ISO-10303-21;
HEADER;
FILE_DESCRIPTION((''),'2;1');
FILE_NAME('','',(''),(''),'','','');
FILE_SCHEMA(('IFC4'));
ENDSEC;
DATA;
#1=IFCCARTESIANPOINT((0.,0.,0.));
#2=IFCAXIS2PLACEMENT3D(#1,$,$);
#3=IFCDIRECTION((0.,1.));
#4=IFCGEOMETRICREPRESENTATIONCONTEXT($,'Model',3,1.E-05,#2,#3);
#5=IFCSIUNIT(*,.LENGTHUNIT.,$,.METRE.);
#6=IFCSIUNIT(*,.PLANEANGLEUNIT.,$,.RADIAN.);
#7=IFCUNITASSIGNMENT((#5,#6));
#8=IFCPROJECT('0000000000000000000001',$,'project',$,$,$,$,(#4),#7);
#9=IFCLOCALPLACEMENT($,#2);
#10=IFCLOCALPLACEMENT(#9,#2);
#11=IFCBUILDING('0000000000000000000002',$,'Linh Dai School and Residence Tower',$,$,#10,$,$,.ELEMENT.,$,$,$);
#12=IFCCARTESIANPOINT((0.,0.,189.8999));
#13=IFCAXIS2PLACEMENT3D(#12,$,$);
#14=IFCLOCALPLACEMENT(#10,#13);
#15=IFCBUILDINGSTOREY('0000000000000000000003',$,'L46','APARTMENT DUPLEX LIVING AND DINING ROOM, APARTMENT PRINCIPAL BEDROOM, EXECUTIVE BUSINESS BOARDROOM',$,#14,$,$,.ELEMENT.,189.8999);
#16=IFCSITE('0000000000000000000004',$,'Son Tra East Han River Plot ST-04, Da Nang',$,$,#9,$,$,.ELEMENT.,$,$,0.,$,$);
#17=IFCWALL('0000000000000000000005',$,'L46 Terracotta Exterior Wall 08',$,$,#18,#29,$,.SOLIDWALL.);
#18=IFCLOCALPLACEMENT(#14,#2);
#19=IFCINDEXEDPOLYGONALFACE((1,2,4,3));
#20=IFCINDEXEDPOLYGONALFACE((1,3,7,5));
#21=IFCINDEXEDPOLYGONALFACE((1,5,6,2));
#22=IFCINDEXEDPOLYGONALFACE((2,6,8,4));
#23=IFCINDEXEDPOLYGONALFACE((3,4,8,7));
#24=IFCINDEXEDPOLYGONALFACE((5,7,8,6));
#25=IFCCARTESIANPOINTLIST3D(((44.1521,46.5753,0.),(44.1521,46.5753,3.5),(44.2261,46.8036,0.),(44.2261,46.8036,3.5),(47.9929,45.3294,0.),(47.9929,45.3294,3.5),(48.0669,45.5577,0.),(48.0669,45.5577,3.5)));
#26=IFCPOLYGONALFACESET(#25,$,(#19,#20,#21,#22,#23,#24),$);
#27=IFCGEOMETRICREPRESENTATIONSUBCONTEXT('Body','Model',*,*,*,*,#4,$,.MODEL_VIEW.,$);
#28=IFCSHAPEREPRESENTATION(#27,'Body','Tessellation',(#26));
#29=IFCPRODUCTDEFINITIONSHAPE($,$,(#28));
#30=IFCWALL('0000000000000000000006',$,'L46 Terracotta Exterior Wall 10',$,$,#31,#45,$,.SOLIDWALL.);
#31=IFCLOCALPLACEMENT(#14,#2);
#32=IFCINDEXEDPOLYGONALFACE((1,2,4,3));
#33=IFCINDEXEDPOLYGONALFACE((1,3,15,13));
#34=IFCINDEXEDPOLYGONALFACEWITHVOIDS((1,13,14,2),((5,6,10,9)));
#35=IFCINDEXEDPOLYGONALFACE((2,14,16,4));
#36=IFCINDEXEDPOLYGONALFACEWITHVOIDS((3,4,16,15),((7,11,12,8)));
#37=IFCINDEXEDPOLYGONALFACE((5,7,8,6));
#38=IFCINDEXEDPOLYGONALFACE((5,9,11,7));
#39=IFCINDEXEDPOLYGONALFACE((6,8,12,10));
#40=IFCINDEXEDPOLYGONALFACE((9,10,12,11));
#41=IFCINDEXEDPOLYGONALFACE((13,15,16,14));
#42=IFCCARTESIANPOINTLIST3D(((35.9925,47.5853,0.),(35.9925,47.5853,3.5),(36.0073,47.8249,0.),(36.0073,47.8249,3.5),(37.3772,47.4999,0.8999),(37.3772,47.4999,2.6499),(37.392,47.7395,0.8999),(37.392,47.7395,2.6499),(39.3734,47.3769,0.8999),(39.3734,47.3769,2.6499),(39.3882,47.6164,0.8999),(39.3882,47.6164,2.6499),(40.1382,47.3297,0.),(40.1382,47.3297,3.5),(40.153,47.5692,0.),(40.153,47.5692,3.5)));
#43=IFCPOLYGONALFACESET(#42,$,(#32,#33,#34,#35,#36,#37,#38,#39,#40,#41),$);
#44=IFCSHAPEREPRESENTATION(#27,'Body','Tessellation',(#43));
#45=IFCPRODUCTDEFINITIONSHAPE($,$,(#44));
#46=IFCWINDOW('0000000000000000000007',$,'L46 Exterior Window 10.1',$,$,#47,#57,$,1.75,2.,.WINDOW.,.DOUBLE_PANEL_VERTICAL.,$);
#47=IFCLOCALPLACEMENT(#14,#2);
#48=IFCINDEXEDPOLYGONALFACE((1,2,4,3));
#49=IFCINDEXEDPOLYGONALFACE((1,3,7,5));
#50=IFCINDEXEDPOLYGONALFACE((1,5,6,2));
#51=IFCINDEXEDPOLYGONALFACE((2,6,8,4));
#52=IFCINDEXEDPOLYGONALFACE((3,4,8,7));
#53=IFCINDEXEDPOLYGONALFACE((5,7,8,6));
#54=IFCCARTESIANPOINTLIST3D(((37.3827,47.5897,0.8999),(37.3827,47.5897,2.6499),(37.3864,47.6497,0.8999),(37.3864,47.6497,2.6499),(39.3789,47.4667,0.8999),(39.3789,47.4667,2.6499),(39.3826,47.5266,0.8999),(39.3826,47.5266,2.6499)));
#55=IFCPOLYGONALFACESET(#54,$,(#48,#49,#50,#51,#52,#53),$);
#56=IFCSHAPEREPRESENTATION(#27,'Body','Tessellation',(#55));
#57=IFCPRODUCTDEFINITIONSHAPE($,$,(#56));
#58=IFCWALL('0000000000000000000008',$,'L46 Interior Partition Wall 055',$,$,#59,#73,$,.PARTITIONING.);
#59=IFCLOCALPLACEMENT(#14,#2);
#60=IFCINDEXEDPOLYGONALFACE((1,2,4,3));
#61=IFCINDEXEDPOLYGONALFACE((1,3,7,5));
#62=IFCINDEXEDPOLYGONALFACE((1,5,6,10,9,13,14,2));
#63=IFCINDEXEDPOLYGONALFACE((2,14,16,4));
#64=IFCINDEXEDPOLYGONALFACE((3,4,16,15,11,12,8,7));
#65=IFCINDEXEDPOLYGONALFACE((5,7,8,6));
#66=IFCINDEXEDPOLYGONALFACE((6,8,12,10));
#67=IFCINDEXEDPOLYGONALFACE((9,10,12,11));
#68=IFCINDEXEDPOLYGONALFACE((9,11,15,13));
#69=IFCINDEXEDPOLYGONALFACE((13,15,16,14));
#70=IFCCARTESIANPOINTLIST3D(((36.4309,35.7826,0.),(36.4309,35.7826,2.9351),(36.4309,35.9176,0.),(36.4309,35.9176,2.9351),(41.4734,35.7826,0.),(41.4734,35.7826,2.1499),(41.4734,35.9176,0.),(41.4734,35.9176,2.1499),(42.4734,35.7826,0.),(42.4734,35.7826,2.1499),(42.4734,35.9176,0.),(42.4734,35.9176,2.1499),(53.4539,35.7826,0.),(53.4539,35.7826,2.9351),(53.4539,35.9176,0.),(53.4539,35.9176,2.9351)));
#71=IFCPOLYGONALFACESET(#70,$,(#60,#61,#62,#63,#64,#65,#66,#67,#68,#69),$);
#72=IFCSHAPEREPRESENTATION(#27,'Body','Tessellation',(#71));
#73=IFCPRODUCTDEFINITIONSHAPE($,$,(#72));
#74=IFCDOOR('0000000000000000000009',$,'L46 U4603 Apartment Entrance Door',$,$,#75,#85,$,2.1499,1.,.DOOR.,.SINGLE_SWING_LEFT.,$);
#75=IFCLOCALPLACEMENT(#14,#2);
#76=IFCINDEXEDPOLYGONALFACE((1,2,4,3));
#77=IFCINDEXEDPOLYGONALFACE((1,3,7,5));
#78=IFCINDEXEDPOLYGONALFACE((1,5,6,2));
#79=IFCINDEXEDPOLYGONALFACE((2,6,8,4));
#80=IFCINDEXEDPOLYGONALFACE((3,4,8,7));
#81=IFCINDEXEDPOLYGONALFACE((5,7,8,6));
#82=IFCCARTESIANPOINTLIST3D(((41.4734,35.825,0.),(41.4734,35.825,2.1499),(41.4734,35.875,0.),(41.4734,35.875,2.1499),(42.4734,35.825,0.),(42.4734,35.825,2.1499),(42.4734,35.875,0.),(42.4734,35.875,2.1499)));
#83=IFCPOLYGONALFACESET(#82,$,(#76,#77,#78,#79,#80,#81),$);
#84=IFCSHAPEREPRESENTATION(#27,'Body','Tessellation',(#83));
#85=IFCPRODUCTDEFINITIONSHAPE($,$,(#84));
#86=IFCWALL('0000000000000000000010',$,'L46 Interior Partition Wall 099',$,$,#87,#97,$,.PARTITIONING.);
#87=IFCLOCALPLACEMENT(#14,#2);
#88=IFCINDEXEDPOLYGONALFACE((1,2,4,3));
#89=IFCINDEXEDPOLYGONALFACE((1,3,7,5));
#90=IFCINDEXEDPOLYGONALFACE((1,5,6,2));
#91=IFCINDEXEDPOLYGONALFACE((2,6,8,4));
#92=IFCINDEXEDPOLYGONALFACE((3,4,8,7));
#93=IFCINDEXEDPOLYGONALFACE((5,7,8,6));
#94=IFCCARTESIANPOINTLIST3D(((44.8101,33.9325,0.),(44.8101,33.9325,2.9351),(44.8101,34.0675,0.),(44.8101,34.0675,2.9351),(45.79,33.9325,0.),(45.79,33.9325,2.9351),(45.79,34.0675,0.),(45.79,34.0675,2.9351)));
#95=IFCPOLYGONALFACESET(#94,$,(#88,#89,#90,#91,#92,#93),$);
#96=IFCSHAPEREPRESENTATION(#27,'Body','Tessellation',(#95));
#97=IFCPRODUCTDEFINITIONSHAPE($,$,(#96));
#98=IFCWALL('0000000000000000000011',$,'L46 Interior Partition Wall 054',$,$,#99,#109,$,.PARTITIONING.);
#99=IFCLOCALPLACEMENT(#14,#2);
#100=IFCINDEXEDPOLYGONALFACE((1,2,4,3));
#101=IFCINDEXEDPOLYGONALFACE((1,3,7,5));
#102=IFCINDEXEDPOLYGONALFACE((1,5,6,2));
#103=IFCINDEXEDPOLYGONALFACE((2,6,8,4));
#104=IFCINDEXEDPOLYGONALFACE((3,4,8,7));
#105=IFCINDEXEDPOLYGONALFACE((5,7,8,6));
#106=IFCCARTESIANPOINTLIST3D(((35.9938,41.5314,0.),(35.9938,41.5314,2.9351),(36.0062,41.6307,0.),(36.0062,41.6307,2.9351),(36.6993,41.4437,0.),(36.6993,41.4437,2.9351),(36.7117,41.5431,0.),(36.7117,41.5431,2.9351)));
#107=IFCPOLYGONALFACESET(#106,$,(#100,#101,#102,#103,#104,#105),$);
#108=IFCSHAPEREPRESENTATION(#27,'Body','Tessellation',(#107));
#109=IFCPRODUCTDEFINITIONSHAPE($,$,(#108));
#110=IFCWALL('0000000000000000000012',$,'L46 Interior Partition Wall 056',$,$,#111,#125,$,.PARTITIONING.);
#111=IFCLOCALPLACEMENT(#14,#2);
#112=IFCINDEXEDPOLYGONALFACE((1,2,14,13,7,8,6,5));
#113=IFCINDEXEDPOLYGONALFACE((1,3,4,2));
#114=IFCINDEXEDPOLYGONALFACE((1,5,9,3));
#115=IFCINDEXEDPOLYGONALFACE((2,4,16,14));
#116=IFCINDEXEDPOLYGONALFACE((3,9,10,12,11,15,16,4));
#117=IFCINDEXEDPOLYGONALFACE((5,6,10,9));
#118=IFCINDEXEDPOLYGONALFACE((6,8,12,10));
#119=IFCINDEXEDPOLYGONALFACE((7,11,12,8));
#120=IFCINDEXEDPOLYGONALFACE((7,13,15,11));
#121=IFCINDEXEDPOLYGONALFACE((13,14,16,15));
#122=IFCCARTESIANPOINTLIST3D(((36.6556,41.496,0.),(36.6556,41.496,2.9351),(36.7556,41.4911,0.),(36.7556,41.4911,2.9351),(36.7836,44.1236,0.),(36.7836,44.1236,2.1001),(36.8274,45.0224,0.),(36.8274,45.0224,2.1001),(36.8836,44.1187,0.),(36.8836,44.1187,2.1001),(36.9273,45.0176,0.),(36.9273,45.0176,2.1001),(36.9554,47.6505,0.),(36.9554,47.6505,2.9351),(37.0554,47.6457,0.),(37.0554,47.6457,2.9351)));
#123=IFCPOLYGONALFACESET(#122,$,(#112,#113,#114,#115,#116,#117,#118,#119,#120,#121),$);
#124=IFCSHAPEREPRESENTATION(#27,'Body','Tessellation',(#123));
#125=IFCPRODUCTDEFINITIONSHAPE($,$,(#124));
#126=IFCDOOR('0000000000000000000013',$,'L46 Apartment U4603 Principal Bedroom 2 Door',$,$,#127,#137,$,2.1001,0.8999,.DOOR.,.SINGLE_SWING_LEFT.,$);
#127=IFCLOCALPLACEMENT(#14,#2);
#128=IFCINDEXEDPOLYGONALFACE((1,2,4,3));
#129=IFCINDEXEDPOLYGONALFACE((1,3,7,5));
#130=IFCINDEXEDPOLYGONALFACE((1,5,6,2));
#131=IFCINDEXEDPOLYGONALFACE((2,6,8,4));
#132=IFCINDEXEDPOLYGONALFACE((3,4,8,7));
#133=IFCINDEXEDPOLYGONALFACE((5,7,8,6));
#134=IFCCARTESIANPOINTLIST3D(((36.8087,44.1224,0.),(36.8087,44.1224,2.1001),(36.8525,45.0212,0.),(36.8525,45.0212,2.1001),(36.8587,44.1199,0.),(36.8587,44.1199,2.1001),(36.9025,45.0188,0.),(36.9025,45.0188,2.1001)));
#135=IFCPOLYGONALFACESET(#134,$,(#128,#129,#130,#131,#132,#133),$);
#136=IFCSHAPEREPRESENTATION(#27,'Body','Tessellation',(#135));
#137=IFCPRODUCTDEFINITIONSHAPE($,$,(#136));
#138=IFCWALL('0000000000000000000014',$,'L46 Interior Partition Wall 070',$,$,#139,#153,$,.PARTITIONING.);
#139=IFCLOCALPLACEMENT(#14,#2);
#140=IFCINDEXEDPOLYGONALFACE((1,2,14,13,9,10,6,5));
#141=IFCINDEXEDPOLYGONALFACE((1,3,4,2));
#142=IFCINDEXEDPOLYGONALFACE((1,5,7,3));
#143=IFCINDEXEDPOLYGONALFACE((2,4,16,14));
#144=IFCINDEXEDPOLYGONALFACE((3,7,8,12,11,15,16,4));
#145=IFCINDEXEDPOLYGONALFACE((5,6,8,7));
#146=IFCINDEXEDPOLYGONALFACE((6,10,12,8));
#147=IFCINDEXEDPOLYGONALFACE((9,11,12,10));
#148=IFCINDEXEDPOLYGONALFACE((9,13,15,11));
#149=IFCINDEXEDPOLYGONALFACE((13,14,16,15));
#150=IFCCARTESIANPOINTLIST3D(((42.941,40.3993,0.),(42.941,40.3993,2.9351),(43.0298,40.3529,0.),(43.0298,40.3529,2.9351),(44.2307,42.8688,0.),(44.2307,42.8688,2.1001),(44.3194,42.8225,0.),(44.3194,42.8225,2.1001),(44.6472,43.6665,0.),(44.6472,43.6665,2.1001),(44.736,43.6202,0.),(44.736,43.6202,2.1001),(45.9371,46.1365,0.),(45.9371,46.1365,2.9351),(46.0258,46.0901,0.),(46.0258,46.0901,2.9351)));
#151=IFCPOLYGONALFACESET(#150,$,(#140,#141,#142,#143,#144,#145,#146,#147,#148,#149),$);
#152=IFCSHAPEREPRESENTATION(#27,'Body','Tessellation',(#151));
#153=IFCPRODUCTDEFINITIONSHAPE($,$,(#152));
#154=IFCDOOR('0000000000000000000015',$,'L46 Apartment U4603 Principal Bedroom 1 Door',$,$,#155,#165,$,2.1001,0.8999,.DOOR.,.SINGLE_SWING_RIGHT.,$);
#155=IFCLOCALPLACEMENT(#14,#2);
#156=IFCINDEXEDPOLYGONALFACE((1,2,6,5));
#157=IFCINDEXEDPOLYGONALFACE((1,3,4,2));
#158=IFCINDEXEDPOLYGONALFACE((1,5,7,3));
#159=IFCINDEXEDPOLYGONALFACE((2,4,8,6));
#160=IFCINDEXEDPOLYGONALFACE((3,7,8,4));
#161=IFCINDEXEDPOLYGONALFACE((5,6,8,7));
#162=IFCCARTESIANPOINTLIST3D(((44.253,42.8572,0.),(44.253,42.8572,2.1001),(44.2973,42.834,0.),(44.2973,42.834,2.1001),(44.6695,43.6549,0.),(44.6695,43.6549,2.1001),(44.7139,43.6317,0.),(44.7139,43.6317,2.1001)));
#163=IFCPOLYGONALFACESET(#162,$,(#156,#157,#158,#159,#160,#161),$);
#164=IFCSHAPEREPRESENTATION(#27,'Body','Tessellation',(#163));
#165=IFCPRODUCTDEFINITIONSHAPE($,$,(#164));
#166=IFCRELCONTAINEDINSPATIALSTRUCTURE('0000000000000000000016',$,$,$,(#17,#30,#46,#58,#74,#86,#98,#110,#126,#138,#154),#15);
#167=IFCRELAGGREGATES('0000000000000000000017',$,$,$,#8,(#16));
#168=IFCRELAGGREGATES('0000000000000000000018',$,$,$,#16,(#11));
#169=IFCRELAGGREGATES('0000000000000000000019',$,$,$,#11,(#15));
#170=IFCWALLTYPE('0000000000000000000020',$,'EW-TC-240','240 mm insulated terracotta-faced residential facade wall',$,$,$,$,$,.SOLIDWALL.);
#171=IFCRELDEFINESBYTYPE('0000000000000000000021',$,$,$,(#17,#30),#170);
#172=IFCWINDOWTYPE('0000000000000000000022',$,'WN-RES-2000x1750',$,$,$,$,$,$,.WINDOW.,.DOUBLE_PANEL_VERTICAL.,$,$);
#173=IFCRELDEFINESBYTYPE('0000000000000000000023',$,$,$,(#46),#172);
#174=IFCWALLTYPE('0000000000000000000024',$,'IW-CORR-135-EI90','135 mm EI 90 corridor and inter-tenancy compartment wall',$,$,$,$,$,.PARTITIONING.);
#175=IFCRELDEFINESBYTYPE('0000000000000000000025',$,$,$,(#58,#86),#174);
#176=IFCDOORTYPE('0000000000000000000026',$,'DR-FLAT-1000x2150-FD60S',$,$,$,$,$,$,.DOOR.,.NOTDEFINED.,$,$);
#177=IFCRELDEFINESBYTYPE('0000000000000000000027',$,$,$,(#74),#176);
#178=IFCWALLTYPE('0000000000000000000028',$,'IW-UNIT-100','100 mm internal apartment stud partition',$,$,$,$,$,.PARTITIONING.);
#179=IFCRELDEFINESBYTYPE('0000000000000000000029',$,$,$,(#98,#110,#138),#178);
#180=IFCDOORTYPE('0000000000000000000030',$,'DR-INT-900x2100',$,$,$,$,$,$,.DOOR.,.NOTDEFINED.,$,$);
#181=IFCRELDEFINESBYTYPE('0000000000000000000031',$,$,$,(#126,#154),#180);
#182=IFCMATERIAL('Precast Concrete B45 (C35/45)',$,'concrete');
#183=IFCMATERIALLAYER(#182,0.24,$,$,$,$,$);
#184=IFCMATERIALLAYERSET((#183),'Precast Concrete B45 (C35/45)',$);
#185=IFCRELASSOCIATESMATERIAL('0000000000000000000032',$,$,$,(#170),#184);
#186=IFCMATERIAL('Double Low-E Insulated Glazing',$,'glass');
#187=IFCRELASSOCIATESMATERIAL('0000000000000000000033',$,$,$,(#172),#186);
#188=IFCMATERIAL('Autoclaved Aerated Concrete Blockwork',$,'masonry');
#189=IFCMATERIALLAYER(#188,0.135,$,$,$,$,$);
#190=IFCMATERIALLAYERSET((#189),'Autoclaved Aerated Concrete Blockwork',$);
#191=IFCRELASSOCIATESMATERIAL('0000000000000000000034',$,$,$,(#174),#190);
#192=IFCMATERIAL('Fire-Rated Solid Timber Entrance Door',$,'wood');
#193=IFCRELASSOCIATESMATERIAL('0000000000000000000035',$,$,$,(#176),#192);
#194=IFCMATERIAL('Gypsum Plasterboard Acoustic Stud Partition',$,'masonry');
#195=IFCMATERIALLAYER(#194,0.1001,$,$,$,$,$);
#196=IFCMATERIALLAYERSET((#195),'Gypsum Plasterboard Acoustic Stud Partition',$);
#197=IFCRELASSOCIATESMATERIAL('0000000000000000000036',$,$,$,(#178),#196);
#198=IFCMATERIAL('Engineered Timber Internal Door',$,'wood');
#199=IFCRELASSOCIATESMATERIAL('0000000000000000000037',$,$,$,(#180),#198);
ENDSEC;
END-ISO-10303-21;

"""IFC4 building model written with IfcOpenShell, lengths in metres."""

from ifc_helpers import new_model, si_unit, direction, frame, frame_2d, origin, origin_2d, place, context, subcontext, project, spatial, rectangle, extrude, source, transform, mapped, material, layer, layer_set, type_object, element, fill, save


model = new_model("IFC4")

# Units and contexts
model_context = context("Model", 3, precision=1e-05, world=origin(), true_north=direction((0.0, 1.0)))
body_context = subcontext(model_context, "Body", "Model", "MODEL_VIEW")
ifc_project = project(units=[si_unit("LENGTHUNIT", "METRE"), si_unit("PLANEANGLEUNIT", "RADIAN")], contexts=[model_context])

# Site, building, storey
site_placement = place(None, origin())
site = spatial("IfcSite", under=ifc_project, at=site_placement, Name="Son Tra East Han River Plot ST-04, Da Nang", CompositionType="ELEMENT", RefElevation=0.0)
building_placement = place(site_placement, origin())
building = spatial("IfcBuilding", under=site, at=building_placement, Name="Linh Dai School and Residence Tower", CompositionType="ELEMENT")
storey_placement = place(building_placement, frame((0.0, 0.0, 189.8999)))
storey = spatial("IfcBuildingStorey", under=building, at=storey_placement, Name="L46", Description="APARTMENT DUPLEX LIVING AND DINING ROOM, APARTMENT PRINCIPAL BEDROOM, EXECUTIVE BUSINESS BOARDROOM", CompositionType="ELEMENT", Elevation=189.8999)

# Shared definitions
ifc_material_1 = material(Name="Precast Concrete B45 (C35/45)", Category="concrete")

# Wall
ifc_layer_1 = layer(ifc_material_1, 0.24)
ifc_layer_set_1 = layer_set([ifc_layer_1], Name="Precast Concrete B45 (C35/45)")
wall_type_1 = type_object("IfcWallType", Name="EW-TC-240", Description="240 mm insulated terracotta-faced residential facade wall", PredefinedType="SOLIDWALL", material=ifc_layer_set_1)
wall_1_placement = place(storey_placement, frame((44.189, 46.6895, 0.0), z_axis=(0.0, 0.0, 1.0), x_axis=(0.95121, -0.308545, 0.0)))
element("IfcWall", 1, at=wall_1_placement, inside=storey, type_object=wall_type_1, Name="L46 Terracotta Exterior Wall 08", PredefinedType="SOLIDWALL", context=body_context, shape_type="SweptSolid", body=[
    extrude(rectangle(XDim=4.0378, YDim=0.24, at=frame_2d((2.019, 0.0))), origin(), (0.0, 0.0, 1.0), 3.5),
])

# Wall, opening, window
wall_2_placement = place(storey_placement, frame((36.0, 47.7051, 0.0), z_axis=(0.0, 0.0, 1.0), x_axis=(0.998105, -0.06154, 0.0)))
wall_2 = element("IfcWall", 2, at=wall_2_placement, inside=storey, type_object=wall_type_1, Name="L46 Terracotta Exterior Wall 10", PredefinedType="SOLIDWALL", context=body_context, shape_type="SweptSolid", body=[
    extrude(rectangle(XDim=4.1536, YDim=0.24, at=frame_2d((2.0767, 0.0))), origin(), (0.0, 0.0, 1.0), 3.5),
])
opening_1_placement = place(wall_2_placement, frame((1.3872, 0.0, 0.8999)))
opening_1 = element("IfcOpeningElement", 3, at=opening_1_placement, cuts=wall_2, PredefinedType="OPENING", context=body_context, shape_type="SweptSolid", body=[
    extrude(rectangle(XDim=2.0, YDim=1.75, at=origin_2d()), frame((1.0, 0.1299, 0.875), z_axis=(0.0, -1.0, 0.0), x_axis=(1.0, 0.0, 0.0)), (0.0, 0.0, 1.0), 0.26),
])
ifc_material_2 = material(Name="Double Low-E Insulated Glazing", Category="glass")
window_type = type_object("IfcWindowType", Name="WN-RES-2000x1750", PartitioningType="DOUBLE_PANEL_VERTICAL", PredefinedType="WINDOW", material=ifc_material_2)
shared_shape_1 = source(origin(), body_context, "Body", "SweptSolid", [
    extrude(rectangle(XDim=2.0, YDim=1.75, at=origin_2d()), frame((1.0, 0.03, 0.875), z_axis=(0.0, -1.0, 0.0), x_axis=(1.0, 0.0, 0.0)), (0.0, 0.0, 1.0), 0.0601),
])
window_placement = place(opening_1_placement, origin())
window = element("IfcWindow", 4, at=window_placement, inside=storey, type_object=window_type, Name="L46 Exterior Window 10.1", OverallHeight=1.75, OverallWidth=2.0, PartitioningType="DOUBLE_PANEL_VERTICAL", PredefinedType="WINDOW", context=body_context, shape_type="MappedRepresentation", body=[
    mapped(shared_shape_1, transform((0.0, 0.0, 0.0), x_axis=(1.0, 0.0, 0.0), y_axis=(0.0, 1.0, 0.0), z_axis=(0.0, 0.0, 1.0), scale=1.0)),
])
fill(opening_1, window)

# Wall, opening, door
ifc_material_3 = material(Name="Autoclaved Aerated Concrete Blockwork", Category="masonry")
ifc_layer_2 = layer(ifc_material_3, 0.135)
ifc_layer_set_2 = layer_set([ifc_layer_2], Name="Autoclaved Aerated Concrete Blockwork")
wall_type_2 = type_object("IfcWallType", Name="IW-CORR-135-EI90", Description="135 mm EI 90 corridor and inter-tenancy compartment wall", PredefinedType="PARTITIONING", material=ifc_layer_set_2)
wall_3_placement = place(storey_placement, frame((36.4309, 35.8501, 0.0), z_axis=(0.0, 0.0, 1.0), x_axis=(1.0, 0.0, 0.0)))
wall_3 = element("IfcWall", 5, at=wall_3_placement, inside=storey, type_object=wall_type_2, Name="L46 Interior Partition Wall 055", PredefinedType="PARTITIONING", context=body_context, shape_type="SweptSolid", body=[
    extrude(rectangle(XDim=17.0229, YDim=0.135, at=frame_2d((8.5115, 0.0))), origin(), (0.0, 0.0, 1.0), 2.9351),
])
opening_2_placement = place(wall_3_placement, frame((5.0425, 0.0, 0.0)))
opening_2 = element("IfcOpeningElement", 6, at=opening_2_placement, cuts=wall_3, PredefinedType="OPENING", context=body_context, shape_type="SweptSolid", body=[
    extrude(rectangle(XDim=1.0, YDim=2.1499, at=origin_2d()), frame((0.5, 0.0776, 1.075), z_axis=(0.0, -1.0, 0.0), x_axis=(1.0, 0.0, 0.0)), (0.0, 0.0, 1.0), 0.155),
])
ifc_material_4 = material(Name="Fire-Rated Solid Timber Entrance Door", Category="wood")
door_type_1 = type_object("IfcDoorType", Name="DR-FLAT-1000x2150-FD60S", OperationType="NOTDEFINED", PredefinedType="DOOR", material=ifc_material_4)
shared_shape_2 = source(origin(), body_context, "Body", "SweptSolid", [
    extrude(rectangle(XDim=1.0, YDim=2.1499, at=origin_2d()), frame((0.5, 0.0249, 1.075), z_axis=(0.0, -1.0, 0.0), x_axis=(1.0, 0.0, 0.0)), (0.0, 0.0, 1.0), 0.05),
])
door_1_placement = place(opening_2_placement, origin())
door_1 = element("IfcDoor", 7, at=door_1_placement, inside=storey, type_object=door_type_1, Name="L46 U4603 Apartment Entrance Door", OperationType="SINGLE_SWING_LEFT", OverallHeight=2.1499, OverallWidth=1.0, PredefinedType="DOOR", context=body_context, shape_type="MappedRepresentation", body=[
    mapped(shared_shape_2, transform((0.0, 0.0, 0.0), x_axis=(1.0, 0.0, 0.0), y_axis=(0.0, 1.0, 0.0), z_axis=(0.0, 0.0, 1.0), scale=1.0)),
])
fill(opening_2, door_1)

# Walls
wall_4_placement = place(storey_placement, frame((45.79, 34.0, 0.0), z_axis=(0.0, 0.0, 1.0), x_axis=(-1.0, 0.0, 0.0)))
element("IfcWall", 8, at=wall_4_placement, inside=storey, type_object=wall_type_2, Name="L46 Interior Partition Wall 099", PredefinedType="PARTITIONING", context=body_context, shape_type="SweptSolid", body=[
    extrude(rectangle(XDim=0.98, YDim=0.135, at=frame_2d((0.49, 0.0))), origin(), (0.0, 0.0, 1.0), 2.9351),
])
ifc_material_5 = material(Name="Gypsum Plasterboard Acoustic Stud Partition", Category="masonry")
ifc_layer_3 = layer(ifc_material_5, 0.1001)
ifc_layer_set_3 = layer_set([ifc_layer_3], Name="Gypsum Plasterboard Acoustic Stud Partition")
wall_type_3 = type_object("IfcWallType", Name="IW-UNIT-100", Description="100 mm internal apartment stud partition", PredefinedType="PARTITIONING", material=ifc_layer_set_3)
wall_5_placement = place(storey_placement, frame((36.0, 41.5811, 0.0), z_axis=(0.0, 0.0, 1.0), x_axis=(0.992373, -0.123274, 0.0)))
element("IfcWall", 9, at=wall_5_placement, inside=storey, type_object=wall_type_3, Name="L46 Interior Partition Wall 054", PredefinedType="PARTITIONING", context=body_context, shape_type="SweptSolid", body=[
    extrude(rectangle(XDim=0.7109, YDim=0.1001, at=frame_2d((0.3555, 0.0))), origin(), (0.0, 0.0, 1.0), 2.9351),
])

# Walls, openings, doors
wall_6_placement = place(storey_placement, frame((36.7056, 41.4934, 0.0), z_axis=(0.0, 0.0, 1.0), x_axis=(0.048655, 0.998816, 0.0)))
wall_6 = element("IfcWall", 10, at=wall_6_placement, inside=storey, type_object=wall_type_3, Name="L46 Interior Partition Wall 056", PredefinedType="PARTITIONING", context=body_context, shape_type="SweptSolid", body=[
    extrude(rectangle(XDim=6.1619, YDim=0.1001, at=frame_2d((3.0811, 0.0))), origin(), (0.0, 0.0, 1.0), 2.9351),
])
opening_3_placement = place(wall_6_placement, frame((2.6309, 0.0, 0.0)))
opening_3 = element("IfcOpeningElement", 11, at=opening_3_placement, cuts=wall_6, PredefinedType="OPENING", context=body_context, shape_type="SweptSolid", body=[
    extrude(rectangle(XDim=0.8999, YDim=2.1001, at=origin_2d()), frame((0.45, 0.0601, 1.05), z_axis=(0.0, -1.0, 0.0), x_axis=(1.0, 0.0, 0.0)), (0.0, 0.0, 1.0), 0.1201),
])
ifc_material_6 = material(Name="Engineered Timber Internal Door", Category="wood")
door_type_2 = type_object("IfcDoorType", Name="DR-INT-900x2100", OperationType="NOTDEFINED", PredefinedType="DOOR", material=ifc_material_6)
shared_shape_3 = source(origin(), body_context, "Body", "SweptSolid", [
    extrude(rectangle(XDim=0.8999, YDim=2.1001, at=origin_2d()), frame((0.45, 0.0249, 1.05), z_axis=(0.0, -1.0, 0.0), x_axis=(1.0, 0.0, 0.0)), (0.0, 0.0, 1.0), 0.05),
])
door_2_placement = place(opening_3_placement, origin())
door_2 = element("IfcDoor", 12, at=door_2_placement, inside=storey, type_object=door_type_2, Name="L46 Apartment U4603 Principal Bedroom 2 Door", OperationType="SINGLE_SWING_LEFT", OverallHeight=2.1001, OverallWidth=0.8999, PredefinedType="DOOR", context=body_context, shape_type="MappedRepresentation", body=[
    mapped(shared_shape_3, transform((0.0, 0.0, 0.0), x_axis=(1.0, 0.0, 0.0), y_axis=(0.0, 1.0, 0.0), z_axis=(0.0, 0.0, 1.0), scale=1.0)),
])
fill(opening_3, door_2)
wall_7_placement = place(storey_placement, frame((42.9854, 40.376, 0.0), z_axis=(0.0, 0.0, 1.0), x_axis=(0.462896, 0.886413, 0.0)))
wall_7 = element("IfcWall", 13, at=wall_7_placement, inside=storey, type_object=wall_type_3, Name="L46 Interior Partition Wall 070", PredefinedType="PARTITIONING", context=body_context, shape_type="SweptSolid", body=[
    extrude(rectangle(XDim=6.4724, YDim=0.1001, at=frame_2d((3.2363, 0.0))), origin(), (0.0, 0.0, 1.0), 2.9351),
])
opening_4_placement = place(wall_7_placement, frame((2.7861, 0.0, 0.0)))
opening_4 = element("IfcOpeningElement", 14, at=opening_4_placement, cuts=wall_7, PredefinedType="OPENING", context=body_context, shape_type="SweptSolid", body=[
    extrude(rectangle(XDim=0.8999, YDim=2.1001, at=origin_2d()), frame((0.45, 0.0601, 1.05), z_axis=(0.0, -1.0, 0.0), x_axis=(1.0, 0.0, 0.0)), (0.0, 0.0, 1.0), 0.1201),
])
door_3_placement = place(opening_4_placement, origin())
door_3 = element("IfcDoor", 15, at=door_3_placement, inside=storey, type_object=door_type_2, Name="L46 Apartment U4603 Principal Bedroom 1 Door", OperationType="SINGLE_SWING_RIGHT", OverallHeight=2.1001, OverallWidth=0.8999, PredefinedType="DOOR", context=body_context, shape_type="MappedRepresentation", body=[
    mapped(shared_shape_3, transform((0.0, 0.0, 0.0), x_axis=(1.0, 0.0, 0.0), y_axis=(0.0, 1.0, 0.0), z_axis=(0.0, 0.0, 1.0), scale=1.0)),
])
fill(opening_4, door_3)

save(model, "model.ifc")
